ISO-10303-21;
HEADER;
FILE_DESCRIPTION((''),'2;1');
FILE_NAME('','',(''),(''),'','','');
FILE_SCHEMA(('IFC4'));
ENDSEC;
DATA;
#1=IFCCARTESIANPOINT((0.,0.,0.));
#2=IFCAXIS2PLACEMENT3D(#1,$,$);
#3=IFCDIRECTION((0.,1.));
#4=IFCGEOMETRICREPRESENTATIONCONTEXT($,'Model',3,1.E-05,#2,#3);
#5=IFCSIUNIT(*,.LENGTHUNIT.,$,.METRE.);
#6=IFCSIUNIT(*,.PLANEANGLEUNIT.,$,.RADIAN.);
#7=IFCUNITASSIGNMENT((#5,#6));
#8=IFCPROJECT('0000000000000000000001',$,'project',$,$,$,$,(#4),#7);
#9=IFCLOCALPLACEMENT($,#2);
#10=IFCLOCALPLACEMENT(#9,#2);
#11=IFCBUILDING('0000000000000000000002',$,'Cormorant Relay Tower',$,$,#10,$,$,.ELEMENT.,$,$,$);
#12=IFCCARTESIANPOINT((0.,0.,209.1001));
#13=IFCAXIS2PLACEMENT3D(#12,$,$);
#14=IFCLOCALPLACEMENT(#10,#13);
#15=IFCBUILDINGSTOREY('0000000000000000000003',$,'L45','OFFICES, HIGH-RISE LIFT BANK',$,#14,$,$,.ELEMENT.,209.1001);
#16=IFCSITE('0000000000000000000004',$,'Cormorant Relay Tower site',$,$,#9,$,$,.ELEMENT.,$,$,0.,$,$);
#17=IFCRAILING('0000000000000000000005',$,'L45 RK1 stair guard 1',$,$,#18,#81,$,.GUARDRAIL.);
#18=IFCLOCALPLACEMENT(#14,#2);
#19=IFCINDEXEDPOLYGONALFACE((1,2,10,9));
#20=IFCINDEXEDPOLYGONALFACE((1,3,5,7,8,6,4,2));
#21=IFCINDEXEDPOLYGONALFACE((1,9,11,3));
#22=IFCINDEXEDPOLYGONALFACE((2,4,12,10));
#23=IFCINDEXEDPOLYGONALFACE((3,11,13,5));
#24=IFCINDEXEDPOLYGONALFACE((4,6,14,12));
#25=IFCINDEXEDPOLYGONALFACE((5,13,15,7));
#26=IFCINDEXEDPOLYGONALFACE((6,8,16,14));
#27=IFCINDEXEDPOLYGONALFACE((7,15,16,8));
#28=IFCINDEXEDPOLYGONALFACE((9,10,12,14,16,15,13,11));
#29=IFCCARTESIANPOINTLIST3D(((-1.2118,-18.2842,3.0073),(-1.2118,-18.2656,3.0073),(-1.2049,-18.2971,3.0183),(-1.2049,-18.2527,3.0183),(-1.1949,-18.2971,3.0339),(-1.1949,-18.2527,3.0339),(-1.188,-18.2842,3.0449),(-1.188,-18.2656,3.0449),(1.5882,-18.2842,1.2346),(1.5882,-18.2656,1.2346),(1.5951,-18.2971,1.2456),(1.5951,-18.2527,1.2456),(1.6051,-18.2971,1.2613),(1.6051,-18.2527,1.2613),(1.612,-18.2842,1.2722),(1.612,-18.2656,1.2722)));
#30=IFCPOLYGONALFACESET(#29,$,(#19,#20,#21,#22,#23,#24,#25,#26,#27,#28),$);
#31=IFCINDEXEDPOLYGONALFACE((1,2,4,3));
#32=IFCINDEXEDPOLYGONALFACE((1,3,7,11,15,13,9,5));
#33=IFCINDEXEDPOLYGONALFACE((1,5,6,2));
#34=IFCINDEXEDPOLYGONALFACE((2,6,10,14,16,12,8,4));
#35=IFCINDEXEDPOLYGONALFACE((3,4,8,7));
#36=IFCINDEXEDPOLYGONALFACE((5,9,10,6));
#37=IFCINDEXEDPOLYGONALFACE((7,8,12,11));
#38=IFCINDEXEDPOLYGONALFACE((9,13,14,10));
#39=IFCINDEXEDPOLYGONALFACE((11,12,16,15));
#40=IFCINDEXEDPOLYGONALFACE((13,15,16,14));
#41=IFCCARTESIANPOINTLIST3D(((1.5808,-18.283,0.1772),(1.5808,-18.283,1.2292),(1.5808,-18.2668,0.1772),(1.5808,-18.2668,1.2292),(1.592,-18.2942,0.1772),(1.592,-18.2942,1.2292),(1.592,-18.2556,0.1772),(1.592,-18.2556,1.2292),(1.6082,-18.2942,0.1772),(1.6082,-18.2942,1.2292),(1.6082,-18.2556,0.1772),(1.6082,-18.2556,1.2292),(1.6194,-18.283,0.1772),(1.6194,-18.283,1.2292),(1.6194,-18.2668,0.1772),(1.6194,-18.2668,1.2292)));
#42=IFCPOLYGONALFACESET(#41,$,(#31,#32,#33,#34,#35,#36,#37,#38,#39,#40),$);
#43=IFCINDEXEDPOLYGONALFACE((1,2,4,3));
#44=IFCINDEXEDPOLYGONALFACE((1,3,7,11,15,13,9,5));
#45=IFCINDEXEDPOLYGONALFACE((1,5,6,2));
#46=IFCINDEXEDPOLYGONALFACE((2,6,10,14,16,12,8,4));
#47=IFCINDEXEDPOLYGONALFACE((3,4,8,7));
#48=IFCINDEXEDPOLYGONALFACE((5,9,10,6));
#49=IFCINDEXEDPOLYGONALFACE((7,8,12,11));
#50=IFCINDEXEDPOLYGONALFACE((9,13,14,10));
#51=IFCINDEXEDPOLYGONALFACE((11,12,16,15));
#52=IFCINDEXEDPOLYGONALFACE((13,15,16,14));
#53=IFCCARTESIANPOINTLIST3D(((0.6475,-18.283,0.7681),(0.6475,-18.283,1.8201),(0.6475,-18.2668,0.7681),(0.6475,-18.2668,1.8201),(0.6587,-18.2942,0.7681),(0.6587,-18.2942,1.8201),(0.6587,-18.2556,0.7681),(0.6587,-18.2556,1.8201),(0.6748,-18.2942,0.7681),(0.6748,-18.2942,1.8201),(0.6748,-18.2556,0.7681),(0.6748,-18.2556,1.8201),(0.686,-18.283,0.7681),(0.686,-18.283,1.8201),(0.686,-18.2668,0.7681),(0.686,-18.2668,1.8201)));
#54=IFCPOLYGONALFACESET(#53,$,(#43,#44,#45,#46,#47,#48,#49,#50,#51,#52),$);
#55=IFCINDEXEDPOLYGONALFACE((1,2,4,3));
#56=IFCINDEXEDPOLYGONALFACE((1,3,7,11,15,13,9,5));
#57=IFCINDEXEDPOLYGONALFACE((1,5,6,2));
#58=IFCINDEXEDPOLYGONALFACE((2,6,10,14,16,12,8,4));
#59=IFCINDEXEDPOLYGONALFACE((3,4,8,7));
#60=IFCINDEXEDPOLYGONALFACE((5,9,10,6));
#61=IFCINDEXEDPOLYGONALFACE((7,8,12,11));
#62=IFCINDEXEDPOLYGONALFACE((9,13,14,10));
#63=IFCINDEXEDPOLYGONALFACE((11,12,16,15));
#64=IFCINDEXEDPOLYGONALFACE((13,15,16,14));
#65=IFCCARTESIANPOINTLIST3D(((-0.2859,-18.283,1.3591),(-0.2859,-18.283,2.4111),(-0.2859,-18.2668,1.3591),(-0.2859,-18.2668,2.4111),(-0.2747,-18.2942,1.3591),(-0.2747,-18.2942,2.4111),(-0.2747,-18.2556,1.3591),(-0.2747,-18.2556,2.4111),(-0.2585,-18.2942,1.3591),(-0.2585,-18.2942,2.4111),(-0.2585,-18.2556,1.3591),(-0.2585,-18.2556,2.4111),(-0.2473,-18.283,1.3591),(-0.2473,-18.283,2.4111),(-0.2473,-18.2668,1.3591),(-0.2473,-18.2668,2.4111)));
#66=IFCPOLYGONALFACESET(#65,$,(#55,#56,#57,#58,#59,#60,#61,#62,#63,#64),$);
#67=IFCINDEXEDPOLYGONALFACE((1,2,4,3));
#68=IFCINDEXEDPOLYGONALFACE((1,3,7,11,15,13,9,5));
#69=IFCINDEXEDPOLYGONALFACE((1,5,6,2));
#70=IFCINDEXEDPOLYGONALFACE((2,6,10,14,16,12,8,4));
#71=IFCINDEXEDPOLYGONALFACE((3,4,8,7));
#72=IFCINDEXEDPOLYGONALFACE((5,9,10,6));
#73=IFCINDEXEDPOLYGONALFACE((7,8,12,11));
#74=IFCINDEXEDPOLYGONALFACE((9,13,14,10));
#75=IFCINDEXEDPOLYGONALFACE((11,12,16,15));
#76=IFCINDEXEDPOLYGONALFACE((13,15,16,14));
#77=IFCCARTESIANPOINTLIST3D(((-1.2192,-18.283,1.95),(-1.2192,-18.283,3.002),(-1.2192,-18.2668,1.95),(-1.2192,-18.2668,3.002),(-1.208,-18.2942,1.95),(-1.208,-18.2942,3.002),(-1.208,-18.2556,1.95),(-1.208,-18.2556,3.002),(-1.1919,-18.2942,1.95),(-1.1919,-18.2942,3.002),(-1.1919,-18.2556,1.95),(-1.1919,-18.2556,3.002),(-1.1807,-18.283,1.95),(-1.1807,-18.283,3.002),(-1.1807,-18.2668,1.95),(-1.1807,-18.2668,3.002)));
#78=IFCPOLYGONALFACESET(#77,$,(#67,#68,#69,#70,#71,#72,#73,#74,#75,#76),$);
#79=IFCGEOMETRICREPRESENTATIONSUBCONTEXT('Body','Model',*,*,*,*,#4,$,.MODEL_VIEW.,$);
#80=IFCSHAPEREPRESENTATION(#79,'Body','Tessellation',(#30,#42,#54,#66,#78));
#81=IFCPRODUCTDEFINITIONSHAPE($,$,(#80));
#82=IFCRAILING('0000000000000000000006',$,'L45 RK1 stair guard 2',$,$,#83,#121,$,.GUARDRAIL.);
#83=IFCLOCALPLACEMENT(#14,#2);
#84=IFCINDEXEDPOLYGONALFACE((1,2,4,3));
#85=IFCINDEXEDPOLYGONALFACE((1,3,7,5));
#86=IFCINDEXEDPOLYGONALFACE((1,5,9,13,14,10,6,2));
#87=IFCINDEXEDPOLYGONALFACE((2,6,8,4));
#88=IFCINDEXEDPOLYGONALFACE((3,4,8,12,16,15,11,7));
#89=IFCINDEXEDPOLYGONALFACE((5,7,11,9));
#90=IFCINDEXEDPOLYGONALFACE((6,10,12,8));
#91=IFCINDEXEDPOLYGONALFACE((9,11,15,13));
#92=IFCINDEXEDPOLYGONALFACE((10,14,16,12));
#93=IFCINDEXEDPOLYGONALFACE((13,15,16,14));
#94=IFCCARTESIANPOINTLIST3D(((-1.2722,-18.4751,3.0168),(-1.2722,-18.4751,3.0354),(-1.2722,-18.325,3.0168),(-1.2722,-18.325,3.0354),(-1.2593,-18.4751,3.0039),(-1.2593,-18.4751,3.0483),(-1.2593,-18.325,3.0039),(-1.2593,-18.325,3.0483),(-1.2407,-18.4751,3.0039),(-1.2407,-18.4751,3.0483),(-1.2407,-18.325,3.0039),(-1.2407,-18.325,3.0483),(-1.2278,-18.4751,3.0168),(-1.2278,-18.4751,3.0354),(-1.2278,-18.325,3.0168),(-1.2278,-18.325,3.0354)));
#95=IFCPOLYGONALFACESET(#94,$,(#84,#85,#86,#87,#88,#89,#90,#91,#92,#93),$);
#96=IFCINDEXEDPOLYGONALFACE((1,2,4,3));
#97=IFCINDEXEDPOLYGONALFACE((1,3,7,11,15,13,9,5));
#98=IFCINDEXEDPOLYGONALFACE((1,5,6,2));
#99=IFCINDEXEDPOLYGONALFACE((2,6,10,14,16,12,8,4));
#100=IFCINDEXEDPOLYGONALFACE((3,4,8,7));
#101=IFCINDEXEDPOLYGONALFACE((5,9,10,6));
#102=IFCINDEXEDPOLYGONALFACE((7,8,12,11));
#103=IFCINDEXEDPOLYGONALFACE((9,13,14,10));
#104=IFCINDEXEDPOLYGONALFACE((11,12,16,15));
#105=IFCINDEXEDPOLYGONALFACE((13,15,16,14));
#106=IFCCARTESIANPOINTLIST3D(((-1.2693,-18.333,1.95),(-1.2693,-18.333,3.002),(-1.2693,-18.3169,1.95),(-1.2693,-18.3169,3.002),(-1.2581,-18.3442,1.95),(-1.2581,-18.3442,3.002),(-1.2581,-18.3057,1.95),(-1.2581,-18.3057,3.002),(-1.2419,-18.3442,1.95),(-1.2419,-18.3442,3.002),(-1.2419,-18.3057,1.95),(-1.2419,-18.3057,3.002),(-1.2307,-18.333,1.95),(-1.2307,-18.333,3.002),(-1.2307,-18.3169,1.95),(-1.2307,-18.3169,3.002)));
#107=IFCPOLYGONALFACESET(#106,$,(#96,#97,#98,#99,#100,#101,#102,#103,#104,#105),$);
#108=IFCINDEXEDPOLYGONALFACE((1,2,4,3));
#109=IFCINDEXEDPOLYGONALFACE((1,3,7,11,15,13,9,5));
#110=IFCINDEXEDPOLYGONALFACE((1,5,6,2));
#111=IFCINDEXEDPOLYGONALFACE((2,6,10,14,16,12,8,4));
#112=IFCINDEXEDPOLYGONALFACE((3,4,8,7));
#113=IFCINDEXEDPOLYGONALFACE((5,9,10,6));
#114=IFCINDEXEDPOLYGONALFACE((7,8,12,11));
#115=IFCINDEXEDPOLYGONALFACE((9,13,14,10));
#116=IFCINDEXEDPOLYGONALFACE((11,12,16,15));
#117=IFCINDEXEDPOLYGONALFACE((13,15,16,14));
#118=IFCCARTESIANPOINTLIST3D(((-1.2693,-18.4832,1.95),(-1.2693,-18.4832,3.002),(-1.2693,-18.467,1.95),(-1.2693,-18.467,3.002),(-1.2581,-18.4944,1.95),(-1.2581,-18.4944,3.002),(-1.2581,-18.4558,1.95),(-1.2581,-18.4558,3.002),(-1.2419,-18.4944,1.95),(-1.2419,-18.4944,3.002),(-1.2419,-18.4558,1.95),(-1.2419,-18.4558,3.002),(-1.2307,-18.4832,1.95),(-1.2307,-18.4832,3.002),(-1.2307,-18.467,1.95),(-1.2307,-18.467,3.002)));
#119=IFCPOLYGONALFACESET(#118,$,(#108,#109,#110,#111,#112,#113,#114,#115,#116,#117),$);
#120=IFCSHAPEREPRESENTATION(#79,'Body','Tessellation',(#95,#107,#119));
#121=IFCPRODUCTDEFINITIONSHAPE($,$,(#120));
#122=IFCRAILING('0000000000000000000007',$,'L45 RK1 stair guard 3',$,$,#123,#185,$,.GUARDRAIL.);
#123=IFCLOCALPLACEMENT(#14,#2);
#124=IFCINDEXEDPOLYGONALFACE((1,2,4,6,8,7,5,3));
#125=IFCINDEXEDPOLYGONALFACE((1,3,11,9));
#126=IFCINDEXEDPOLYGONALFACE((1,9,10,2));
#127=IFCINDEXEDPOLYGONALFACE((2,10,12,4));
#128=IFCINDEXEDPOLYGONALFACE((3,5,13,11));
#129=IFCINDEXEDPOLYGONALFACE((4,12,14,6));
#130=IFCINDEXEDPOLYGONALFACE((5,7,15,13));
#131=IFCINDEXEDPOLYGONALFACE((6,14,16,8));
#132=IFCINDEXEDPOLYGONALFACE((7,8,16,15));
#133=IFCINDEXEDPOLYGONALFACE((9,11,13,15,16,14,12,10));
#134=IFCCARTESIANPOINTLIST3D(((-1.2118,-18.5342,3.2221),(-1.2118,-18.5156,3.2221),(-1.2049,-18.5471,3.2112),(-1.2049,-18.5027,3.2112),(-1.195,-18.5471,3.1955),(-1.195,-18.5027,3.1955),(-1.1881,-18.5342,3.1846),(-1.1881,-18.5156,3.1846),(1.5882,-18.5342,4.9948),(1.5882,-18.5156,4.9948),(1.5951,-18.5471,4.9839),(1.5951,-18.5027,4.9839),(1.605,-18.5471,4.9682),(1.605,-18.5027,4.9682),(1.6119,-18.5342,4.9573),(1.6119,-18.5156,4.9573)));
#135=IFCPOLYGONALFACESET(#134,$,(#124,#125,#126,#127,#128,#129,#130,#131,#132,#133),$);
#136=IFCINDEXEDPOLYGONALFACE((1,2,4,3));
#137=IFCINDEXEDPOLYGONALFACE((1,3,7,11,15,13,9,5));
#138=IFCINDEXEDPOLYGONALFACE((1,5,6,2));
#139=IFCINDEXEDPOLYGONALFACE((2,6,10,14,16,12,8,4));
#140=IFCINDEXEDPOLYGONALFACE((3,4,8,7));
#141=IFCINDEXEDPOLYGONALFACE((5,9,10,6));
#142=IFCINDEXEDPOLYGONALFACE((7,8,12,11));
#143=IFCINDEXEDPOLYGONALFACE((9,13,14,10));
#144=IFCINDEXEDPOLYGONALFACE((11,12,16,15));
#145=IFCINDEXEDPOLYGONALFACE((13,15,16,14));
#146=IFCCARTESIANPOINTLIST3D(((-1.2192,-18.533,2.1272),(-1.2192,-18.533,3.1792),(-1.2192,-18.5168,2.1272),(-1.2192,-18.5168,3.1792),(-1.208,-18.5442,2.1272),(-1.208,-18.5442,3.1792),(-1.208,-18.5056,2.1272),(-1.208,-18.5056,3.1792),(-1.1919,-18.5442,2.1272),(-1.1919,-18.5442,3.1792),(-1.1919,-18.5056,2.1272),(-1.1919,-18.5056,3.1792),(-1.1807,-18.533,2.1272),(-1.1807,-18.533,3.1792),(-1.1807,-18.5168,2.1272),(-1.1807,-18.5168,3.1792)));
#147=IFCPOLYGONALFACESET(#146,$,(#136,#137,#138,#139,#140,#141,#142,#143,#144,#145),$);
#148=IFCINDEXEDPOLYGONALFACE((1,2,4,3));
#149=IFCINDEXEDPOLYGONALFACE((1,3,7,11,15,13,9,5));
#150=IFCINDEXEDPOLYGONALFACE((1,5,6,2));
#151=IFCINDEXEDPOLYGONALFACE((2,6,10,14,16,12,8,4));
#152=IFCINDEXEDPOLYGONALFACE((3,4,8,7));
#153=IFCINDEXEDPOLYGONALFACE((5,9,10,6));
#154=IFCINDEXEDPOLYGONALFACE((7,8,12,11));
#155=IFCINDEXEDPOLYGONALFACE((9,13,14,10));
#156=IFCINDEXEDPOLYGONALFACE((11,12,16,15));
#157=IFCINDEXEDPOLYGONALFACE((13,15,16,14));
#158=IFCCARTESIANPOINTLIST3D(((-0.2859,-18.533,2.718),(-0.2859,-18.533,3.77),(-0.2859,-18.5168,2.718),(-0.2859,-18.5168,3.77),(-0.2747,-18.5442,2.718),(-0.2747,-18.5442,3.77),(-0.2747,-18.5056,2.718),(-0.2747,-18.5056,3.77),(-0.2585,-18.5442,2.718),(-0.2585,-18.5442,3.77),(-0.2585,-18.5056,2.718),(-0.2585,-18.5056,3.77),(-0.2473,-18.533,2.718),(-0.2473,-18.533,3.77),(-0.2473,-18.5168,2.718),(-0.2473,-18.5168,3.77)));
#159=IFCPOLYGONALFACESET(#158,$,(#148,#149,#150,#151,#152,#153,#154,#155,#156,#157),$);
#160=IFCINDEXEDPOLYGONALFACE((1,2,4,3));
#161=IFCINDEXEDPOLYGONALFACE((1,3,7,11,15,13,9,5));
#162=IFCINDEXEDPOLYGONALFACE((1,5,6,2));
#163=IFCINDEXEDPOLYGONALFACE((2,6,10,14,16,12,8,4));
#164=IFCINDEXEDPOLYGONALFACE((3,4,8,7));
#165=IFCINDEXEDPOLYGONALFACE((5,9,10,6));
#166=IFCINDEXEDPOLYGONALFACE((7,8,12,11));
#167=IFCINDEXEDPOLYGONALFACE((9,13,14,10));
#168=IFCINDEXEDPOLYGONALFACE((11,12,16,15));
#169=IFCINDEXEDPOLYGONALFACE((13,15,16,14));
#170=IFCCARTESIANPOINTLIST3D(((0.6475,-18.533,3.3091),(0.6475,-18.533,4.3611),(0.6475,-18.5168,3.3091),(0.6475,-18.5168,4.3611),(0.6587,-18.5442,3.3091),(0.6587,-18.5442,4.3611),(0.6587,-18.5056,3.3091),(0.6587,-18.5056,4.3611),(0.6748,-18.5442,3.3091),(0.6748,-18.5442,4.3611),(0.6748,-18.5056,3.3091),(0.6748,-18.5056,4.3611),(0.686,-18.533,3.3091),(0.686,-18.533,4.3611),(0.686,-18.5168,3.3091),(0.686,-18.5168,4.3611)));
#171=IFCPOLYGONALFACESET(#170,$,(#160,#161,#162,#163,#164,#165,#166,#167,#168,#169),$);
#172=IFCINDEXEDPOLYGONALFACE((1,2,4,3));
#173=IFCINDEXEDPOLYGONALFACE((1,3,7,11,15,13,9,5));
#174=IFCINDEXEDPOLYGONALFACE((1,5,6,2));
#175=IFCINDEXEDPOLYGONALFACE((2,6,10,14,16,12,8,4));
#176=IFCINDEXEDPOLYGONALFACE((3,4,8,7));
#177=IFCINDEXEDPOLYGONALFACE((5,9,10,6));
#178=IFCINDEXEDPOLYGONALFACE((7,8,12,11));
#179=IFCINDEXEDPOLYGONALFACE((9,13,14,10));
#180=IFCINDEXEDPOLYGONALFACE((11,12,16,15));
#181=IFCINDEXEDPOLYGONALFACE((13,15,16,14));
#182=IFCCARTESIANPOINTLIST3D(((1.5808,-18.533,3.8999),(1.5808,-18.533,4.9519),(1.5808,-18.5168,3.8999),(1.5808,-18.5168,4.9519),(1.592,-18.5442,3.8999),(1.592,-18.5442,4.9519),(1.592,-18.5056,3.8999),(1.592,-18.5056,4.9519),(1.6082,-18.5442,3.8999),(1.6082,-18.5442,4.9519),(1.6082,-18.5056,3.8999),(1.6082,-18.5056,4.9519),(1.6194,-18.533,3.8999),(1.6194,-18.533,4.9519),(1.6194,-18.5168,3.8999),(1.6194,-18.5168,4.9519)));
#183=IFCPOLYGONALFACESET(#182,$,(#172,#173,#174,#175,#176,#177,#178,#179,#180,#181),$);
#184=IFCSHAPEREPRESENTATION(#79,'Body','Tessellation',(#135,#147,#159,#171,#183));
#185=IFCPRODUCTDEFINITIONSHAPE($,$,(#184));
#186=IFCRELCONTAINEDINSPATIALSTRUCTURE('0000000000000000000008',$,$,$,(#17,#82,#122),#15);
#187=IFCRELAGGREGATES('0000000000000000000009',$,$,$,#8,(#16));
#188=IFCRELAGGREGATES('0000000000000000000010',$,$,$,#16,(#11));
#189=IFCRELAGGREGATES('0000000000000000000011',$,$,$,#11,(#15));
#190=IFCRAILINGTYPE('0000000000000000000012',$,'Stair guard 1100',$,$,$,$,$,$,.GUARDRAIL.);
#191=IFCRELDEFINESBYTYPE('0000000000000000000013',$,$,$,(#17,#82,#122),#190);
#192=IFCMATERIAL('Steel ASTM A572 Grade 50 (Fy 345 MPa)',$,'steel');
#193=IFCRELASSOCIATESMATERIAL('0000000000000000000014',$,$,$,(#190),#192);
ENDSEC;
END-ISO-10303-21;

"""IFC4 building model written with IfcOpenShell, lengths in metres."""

from ifc_helpers import new_model, si_unit, direction, frame, origin, place, context, subcontext, project, spatial, polyline, outline, extrude, material, type_object, element, save


model = new_model("IFC4")

# Units and contexts
model_context = context("Model", 3, precision=1e-05, world=origin(), true_north=direction((0.0, 1.0)))
body_context = subcontext(model_context, "Body", "Model", "MODEL_VIEW")
ifc_project = project(units=[si_unit("LENGTHUNIT", "METRE"), si_unit("PLANEANGLEUNIT", "RADIAN")], contexts=[model_context])

# Site, building, storey
site_placement = place(None, origin())
site = spatial("IfcSite", under=ifc_project, at=site_placement, Name="Cormorant Relay Tower site", CompositionType="ELEMENT", RefElevation=0.0)
building_placement = place(site_placement, origin())
building = spatial("IfcBuilding", under=site, at=building_placement, Name="Cormorant Relay Tower", CompositionType="ELEMENT")
storey_placement = place(building_placement, frame((0.0, 0.0, 209.1001)))
storey = spatial("IfcBuildingStorey", under=building, at=storey_placement, Name="L45", Description="OFFICES, HIGH-RISE LIFT BANK", CompositionType="ELEMENT", Elevation=209.1001)

# Railings
ifc_material_1 = material(Name="Steel ASTM A572 Grade 50 (Fy 345 MPa)", Category="steel")
railing_type_1 = type_object("IfcRailingType", Name="Stair guard 1100", PredefinedType="GUARDRAIL", material=ifc_material_1)
railing_1_placement = place(storey_placement, frame((1.6001, -18.2749, 0.1772)))
element("IfcRailing", 1, at=railing_1_placement, inside=storey, type_object=railing_type_1, Name="L45 RK1 stair guard 1", PredefinedType="GUARDRAIL", context=body_context, shape_type="SweptSolid", body=[
    extrude(outline(polyline([(0.0222, 0.0093), (0.0093, 0.0222), (-0.0093, 0.0222), (-0.0222, 0.0093), (-0.0222, -0.0093), (-0.0093, -0.0222), (0.0093, -0.0222), (0.0222, -0.0093), (0.0222, 0.0093)])), frame((0.0, 0.0, 1.0762), z_axis=(-0.844909, 0.0, 0.53491), x_axis=(0.0, -1.0, 0.0)), (0.0, 0.0, 1.0), 3.314),
    extrude(outline(polyline([(0.0193, 0.0081), (0.0081, 0.0193), (-0.0081, 0.0193), (-0.0193, 0.0081), (-0.0193, -0.0081), (-0.0081, -0.0193), (0.0081, -0.0193), (0.0193, -0.0081), (0.0193, 0.0081)])), origin(), (0.0, 0.0, 1.0), 1.052),
    extrude(outline(polyline([(0.0193, 0.0081), (0.0081, 0.0193), (-0.0081, 0.0193), (-0.0193, 0.0081), (-0.0193, -0.0081), (-0.0081, -0.0193), (0.0081, -0.0193), (0.0193, -0.0081), (0.0193, 0.0081)])), frame((-0.9333, 0.0, 0.5908)), (0.0, 0.0, 1.0), 1.052),
    extrude(outline(polyline([(0.0193, 0.0081), (0.0081, 0.0193), (-0.0081, 0.0193), (-0.0193, 0.0081), (-0.0193, -0.0081), (-0.0081, -0.0193), (0.0081, -0.0193), (0.0193, -0.0081), (0.0193, 0.0081)])), frame((-1.8667, 0.0, 1.1819)), (0.0, 0.0, 1.0), 1.052),
    extrude(outline(polyline([(0.0193, 0.0081), (0.0081, 0.0193), (-0.0081, 0.0193), (-0.0193, 0.0081), (-0.0193, -0.0081), (-0.0081, -0.0193), (0.0081, -0.0193), (0.0193, -0.0081), (0.0193, 0.0081)])), frame((-2.8, 0.0, 1.7727)), (0.0, 0.0, 1.0), 1.052),
])
railing_2_placement = place(storey_placement, frame((-1.25, -18.325, 1.95)))
element("IfcRailing", 2, at=railing_2_placement, inside=storey, type_object=railing_type_1, Name="L45 RK1 stair guard 2", PredefinedType="GUARDRAIL", context=body_context, shape_type="SweptSolid", body=[
    extrude(outline(polyline([(0.0222, 0.0093), (0.0093, 0.0222), (-0.0093, 0.0222), (-0.0222, 0.0093), (-0.0222, -0.0093), (-0.0093, -0.0222), (0.0093, -0.0222), (0.0222, -0.0093), (0.0222, 0.0093)])), frame((0.0, 0.0, 1.0762), z_axis=(0.0, -1.0, 0.0), x_axis=(1.0, 0.0, 0.0)), (0.0, 0.0, 1.0), 0.1501),
    extrude(outline(polyline([(0.0193, 0.0081), (0.0081, 0.0193), (-0.0081, 0.0193), (-0.0193, 0.0081), (-0.0193, -0.0081), (-0.0081, -0.0193), (0.0081, -0.0193), (0.0193, -0.0081), (0.0193, 0.0081)])), origin(), (0.0, 0.0, 1.0), 1.052),
    extrude(outline(polyline([(0.0193, 0.0081), (0.0081, 0.0193), (-0.0081, 0.0193), (-0.0193, 0.0081), (-0.0193, -0.0081), (-0.0081, -0.0193), (0.0081, -0.0193), (0.0193, -0.0081), (0.0193, 0.0081)])), frame((0.0, -0.1501, 0.0)), (0.0, 0.0, 1.0), 1.052),
])
railing_3_placement = place(storey_placement, frame((-1.2, -18.5249, 2.1272)))
element("IfcRailing", 3, at=railing_3_placement, inside=storey, type_object=railing_type_1, Name="L45 RK1 stair guard 3", PredefinedType="GUARDRAIL", context=body_context, shape_type="SweptSolid", body=[
    extrude(outline(polyline([(0.0222, 0.0093), (0.0093, 0.0222), (-0.0093, 0.0222), (-0.0222, 0.0093), (-0.0222, -0.0093), (-0.0093, -0.0222), (0.0093, -0.0222), (0.0222, -0.0093), (0.0222, 0.0093)])), frame((0.0, 0.0, 1.0762), z_axis=(0.844909, 0.0, 0.53491), x_axis=(0.0, 1.0, 0.0)), (0.0, 0.0, 1.0), 3.314),
    extrude(outline(polyline([(0.0193, 0.0081), (0.0081, 0.0193), (-0.0081, 0.0193), (-0.0193, 0.0081), (-0.0193, -0.0081), (-0.0081, -0.0193), (0.0081, -0.0193), (0.0193, -0.0081), (0.0193, 0.0081)])), origin(), (0.0, 0.0, 1.0), 1.052),
    extrude(outline(polyline([(0.0193, 0.0081), (0.0081, 0.0193), (-0.0081, 0.0193), (-0.0193, 0.0081), (-0.0193, -0.0081), (-0.0081, -0.0193), (0.0081, -0.0193), (0.0193, -0.0081), (0.0193, 0.0081)])), frame((0.9333, 0.0, 0.5908)), (0.0, 0.0, 1.0), 1.052),
    extrude(outline(polyline([(0.0193, 0.0081), (0.0081, 0.0193), (-0.0081, 0.0193), (-0.0193, 0.0081), (-0.0193, -0.0081), (-0.0081, -0.0193), (0.0081, -0.0193), (0.0193, -0.0081), (0.0193, 0.0081)])), frame((1.8667, 0.0, 1.1819)), (0.0, 0.0, 1.0), 1.052),
    extrude(outline(polyline([(0.0193, 0.0081), (0.0081, 0.0193), (-0.0081, 0.0193), (-0.0193, 0.0081), (-0.0193, -0.0081), (-0.0081, -0.0193), (0.0081, -0.0193), (0.0193, -0.0081), (0.0193, 0.0081)])), frame((2.8, 0.0, 1.7727)), (0.0, 0.0, 1.0), 1.052),
])

save(model, "model.ifc")
